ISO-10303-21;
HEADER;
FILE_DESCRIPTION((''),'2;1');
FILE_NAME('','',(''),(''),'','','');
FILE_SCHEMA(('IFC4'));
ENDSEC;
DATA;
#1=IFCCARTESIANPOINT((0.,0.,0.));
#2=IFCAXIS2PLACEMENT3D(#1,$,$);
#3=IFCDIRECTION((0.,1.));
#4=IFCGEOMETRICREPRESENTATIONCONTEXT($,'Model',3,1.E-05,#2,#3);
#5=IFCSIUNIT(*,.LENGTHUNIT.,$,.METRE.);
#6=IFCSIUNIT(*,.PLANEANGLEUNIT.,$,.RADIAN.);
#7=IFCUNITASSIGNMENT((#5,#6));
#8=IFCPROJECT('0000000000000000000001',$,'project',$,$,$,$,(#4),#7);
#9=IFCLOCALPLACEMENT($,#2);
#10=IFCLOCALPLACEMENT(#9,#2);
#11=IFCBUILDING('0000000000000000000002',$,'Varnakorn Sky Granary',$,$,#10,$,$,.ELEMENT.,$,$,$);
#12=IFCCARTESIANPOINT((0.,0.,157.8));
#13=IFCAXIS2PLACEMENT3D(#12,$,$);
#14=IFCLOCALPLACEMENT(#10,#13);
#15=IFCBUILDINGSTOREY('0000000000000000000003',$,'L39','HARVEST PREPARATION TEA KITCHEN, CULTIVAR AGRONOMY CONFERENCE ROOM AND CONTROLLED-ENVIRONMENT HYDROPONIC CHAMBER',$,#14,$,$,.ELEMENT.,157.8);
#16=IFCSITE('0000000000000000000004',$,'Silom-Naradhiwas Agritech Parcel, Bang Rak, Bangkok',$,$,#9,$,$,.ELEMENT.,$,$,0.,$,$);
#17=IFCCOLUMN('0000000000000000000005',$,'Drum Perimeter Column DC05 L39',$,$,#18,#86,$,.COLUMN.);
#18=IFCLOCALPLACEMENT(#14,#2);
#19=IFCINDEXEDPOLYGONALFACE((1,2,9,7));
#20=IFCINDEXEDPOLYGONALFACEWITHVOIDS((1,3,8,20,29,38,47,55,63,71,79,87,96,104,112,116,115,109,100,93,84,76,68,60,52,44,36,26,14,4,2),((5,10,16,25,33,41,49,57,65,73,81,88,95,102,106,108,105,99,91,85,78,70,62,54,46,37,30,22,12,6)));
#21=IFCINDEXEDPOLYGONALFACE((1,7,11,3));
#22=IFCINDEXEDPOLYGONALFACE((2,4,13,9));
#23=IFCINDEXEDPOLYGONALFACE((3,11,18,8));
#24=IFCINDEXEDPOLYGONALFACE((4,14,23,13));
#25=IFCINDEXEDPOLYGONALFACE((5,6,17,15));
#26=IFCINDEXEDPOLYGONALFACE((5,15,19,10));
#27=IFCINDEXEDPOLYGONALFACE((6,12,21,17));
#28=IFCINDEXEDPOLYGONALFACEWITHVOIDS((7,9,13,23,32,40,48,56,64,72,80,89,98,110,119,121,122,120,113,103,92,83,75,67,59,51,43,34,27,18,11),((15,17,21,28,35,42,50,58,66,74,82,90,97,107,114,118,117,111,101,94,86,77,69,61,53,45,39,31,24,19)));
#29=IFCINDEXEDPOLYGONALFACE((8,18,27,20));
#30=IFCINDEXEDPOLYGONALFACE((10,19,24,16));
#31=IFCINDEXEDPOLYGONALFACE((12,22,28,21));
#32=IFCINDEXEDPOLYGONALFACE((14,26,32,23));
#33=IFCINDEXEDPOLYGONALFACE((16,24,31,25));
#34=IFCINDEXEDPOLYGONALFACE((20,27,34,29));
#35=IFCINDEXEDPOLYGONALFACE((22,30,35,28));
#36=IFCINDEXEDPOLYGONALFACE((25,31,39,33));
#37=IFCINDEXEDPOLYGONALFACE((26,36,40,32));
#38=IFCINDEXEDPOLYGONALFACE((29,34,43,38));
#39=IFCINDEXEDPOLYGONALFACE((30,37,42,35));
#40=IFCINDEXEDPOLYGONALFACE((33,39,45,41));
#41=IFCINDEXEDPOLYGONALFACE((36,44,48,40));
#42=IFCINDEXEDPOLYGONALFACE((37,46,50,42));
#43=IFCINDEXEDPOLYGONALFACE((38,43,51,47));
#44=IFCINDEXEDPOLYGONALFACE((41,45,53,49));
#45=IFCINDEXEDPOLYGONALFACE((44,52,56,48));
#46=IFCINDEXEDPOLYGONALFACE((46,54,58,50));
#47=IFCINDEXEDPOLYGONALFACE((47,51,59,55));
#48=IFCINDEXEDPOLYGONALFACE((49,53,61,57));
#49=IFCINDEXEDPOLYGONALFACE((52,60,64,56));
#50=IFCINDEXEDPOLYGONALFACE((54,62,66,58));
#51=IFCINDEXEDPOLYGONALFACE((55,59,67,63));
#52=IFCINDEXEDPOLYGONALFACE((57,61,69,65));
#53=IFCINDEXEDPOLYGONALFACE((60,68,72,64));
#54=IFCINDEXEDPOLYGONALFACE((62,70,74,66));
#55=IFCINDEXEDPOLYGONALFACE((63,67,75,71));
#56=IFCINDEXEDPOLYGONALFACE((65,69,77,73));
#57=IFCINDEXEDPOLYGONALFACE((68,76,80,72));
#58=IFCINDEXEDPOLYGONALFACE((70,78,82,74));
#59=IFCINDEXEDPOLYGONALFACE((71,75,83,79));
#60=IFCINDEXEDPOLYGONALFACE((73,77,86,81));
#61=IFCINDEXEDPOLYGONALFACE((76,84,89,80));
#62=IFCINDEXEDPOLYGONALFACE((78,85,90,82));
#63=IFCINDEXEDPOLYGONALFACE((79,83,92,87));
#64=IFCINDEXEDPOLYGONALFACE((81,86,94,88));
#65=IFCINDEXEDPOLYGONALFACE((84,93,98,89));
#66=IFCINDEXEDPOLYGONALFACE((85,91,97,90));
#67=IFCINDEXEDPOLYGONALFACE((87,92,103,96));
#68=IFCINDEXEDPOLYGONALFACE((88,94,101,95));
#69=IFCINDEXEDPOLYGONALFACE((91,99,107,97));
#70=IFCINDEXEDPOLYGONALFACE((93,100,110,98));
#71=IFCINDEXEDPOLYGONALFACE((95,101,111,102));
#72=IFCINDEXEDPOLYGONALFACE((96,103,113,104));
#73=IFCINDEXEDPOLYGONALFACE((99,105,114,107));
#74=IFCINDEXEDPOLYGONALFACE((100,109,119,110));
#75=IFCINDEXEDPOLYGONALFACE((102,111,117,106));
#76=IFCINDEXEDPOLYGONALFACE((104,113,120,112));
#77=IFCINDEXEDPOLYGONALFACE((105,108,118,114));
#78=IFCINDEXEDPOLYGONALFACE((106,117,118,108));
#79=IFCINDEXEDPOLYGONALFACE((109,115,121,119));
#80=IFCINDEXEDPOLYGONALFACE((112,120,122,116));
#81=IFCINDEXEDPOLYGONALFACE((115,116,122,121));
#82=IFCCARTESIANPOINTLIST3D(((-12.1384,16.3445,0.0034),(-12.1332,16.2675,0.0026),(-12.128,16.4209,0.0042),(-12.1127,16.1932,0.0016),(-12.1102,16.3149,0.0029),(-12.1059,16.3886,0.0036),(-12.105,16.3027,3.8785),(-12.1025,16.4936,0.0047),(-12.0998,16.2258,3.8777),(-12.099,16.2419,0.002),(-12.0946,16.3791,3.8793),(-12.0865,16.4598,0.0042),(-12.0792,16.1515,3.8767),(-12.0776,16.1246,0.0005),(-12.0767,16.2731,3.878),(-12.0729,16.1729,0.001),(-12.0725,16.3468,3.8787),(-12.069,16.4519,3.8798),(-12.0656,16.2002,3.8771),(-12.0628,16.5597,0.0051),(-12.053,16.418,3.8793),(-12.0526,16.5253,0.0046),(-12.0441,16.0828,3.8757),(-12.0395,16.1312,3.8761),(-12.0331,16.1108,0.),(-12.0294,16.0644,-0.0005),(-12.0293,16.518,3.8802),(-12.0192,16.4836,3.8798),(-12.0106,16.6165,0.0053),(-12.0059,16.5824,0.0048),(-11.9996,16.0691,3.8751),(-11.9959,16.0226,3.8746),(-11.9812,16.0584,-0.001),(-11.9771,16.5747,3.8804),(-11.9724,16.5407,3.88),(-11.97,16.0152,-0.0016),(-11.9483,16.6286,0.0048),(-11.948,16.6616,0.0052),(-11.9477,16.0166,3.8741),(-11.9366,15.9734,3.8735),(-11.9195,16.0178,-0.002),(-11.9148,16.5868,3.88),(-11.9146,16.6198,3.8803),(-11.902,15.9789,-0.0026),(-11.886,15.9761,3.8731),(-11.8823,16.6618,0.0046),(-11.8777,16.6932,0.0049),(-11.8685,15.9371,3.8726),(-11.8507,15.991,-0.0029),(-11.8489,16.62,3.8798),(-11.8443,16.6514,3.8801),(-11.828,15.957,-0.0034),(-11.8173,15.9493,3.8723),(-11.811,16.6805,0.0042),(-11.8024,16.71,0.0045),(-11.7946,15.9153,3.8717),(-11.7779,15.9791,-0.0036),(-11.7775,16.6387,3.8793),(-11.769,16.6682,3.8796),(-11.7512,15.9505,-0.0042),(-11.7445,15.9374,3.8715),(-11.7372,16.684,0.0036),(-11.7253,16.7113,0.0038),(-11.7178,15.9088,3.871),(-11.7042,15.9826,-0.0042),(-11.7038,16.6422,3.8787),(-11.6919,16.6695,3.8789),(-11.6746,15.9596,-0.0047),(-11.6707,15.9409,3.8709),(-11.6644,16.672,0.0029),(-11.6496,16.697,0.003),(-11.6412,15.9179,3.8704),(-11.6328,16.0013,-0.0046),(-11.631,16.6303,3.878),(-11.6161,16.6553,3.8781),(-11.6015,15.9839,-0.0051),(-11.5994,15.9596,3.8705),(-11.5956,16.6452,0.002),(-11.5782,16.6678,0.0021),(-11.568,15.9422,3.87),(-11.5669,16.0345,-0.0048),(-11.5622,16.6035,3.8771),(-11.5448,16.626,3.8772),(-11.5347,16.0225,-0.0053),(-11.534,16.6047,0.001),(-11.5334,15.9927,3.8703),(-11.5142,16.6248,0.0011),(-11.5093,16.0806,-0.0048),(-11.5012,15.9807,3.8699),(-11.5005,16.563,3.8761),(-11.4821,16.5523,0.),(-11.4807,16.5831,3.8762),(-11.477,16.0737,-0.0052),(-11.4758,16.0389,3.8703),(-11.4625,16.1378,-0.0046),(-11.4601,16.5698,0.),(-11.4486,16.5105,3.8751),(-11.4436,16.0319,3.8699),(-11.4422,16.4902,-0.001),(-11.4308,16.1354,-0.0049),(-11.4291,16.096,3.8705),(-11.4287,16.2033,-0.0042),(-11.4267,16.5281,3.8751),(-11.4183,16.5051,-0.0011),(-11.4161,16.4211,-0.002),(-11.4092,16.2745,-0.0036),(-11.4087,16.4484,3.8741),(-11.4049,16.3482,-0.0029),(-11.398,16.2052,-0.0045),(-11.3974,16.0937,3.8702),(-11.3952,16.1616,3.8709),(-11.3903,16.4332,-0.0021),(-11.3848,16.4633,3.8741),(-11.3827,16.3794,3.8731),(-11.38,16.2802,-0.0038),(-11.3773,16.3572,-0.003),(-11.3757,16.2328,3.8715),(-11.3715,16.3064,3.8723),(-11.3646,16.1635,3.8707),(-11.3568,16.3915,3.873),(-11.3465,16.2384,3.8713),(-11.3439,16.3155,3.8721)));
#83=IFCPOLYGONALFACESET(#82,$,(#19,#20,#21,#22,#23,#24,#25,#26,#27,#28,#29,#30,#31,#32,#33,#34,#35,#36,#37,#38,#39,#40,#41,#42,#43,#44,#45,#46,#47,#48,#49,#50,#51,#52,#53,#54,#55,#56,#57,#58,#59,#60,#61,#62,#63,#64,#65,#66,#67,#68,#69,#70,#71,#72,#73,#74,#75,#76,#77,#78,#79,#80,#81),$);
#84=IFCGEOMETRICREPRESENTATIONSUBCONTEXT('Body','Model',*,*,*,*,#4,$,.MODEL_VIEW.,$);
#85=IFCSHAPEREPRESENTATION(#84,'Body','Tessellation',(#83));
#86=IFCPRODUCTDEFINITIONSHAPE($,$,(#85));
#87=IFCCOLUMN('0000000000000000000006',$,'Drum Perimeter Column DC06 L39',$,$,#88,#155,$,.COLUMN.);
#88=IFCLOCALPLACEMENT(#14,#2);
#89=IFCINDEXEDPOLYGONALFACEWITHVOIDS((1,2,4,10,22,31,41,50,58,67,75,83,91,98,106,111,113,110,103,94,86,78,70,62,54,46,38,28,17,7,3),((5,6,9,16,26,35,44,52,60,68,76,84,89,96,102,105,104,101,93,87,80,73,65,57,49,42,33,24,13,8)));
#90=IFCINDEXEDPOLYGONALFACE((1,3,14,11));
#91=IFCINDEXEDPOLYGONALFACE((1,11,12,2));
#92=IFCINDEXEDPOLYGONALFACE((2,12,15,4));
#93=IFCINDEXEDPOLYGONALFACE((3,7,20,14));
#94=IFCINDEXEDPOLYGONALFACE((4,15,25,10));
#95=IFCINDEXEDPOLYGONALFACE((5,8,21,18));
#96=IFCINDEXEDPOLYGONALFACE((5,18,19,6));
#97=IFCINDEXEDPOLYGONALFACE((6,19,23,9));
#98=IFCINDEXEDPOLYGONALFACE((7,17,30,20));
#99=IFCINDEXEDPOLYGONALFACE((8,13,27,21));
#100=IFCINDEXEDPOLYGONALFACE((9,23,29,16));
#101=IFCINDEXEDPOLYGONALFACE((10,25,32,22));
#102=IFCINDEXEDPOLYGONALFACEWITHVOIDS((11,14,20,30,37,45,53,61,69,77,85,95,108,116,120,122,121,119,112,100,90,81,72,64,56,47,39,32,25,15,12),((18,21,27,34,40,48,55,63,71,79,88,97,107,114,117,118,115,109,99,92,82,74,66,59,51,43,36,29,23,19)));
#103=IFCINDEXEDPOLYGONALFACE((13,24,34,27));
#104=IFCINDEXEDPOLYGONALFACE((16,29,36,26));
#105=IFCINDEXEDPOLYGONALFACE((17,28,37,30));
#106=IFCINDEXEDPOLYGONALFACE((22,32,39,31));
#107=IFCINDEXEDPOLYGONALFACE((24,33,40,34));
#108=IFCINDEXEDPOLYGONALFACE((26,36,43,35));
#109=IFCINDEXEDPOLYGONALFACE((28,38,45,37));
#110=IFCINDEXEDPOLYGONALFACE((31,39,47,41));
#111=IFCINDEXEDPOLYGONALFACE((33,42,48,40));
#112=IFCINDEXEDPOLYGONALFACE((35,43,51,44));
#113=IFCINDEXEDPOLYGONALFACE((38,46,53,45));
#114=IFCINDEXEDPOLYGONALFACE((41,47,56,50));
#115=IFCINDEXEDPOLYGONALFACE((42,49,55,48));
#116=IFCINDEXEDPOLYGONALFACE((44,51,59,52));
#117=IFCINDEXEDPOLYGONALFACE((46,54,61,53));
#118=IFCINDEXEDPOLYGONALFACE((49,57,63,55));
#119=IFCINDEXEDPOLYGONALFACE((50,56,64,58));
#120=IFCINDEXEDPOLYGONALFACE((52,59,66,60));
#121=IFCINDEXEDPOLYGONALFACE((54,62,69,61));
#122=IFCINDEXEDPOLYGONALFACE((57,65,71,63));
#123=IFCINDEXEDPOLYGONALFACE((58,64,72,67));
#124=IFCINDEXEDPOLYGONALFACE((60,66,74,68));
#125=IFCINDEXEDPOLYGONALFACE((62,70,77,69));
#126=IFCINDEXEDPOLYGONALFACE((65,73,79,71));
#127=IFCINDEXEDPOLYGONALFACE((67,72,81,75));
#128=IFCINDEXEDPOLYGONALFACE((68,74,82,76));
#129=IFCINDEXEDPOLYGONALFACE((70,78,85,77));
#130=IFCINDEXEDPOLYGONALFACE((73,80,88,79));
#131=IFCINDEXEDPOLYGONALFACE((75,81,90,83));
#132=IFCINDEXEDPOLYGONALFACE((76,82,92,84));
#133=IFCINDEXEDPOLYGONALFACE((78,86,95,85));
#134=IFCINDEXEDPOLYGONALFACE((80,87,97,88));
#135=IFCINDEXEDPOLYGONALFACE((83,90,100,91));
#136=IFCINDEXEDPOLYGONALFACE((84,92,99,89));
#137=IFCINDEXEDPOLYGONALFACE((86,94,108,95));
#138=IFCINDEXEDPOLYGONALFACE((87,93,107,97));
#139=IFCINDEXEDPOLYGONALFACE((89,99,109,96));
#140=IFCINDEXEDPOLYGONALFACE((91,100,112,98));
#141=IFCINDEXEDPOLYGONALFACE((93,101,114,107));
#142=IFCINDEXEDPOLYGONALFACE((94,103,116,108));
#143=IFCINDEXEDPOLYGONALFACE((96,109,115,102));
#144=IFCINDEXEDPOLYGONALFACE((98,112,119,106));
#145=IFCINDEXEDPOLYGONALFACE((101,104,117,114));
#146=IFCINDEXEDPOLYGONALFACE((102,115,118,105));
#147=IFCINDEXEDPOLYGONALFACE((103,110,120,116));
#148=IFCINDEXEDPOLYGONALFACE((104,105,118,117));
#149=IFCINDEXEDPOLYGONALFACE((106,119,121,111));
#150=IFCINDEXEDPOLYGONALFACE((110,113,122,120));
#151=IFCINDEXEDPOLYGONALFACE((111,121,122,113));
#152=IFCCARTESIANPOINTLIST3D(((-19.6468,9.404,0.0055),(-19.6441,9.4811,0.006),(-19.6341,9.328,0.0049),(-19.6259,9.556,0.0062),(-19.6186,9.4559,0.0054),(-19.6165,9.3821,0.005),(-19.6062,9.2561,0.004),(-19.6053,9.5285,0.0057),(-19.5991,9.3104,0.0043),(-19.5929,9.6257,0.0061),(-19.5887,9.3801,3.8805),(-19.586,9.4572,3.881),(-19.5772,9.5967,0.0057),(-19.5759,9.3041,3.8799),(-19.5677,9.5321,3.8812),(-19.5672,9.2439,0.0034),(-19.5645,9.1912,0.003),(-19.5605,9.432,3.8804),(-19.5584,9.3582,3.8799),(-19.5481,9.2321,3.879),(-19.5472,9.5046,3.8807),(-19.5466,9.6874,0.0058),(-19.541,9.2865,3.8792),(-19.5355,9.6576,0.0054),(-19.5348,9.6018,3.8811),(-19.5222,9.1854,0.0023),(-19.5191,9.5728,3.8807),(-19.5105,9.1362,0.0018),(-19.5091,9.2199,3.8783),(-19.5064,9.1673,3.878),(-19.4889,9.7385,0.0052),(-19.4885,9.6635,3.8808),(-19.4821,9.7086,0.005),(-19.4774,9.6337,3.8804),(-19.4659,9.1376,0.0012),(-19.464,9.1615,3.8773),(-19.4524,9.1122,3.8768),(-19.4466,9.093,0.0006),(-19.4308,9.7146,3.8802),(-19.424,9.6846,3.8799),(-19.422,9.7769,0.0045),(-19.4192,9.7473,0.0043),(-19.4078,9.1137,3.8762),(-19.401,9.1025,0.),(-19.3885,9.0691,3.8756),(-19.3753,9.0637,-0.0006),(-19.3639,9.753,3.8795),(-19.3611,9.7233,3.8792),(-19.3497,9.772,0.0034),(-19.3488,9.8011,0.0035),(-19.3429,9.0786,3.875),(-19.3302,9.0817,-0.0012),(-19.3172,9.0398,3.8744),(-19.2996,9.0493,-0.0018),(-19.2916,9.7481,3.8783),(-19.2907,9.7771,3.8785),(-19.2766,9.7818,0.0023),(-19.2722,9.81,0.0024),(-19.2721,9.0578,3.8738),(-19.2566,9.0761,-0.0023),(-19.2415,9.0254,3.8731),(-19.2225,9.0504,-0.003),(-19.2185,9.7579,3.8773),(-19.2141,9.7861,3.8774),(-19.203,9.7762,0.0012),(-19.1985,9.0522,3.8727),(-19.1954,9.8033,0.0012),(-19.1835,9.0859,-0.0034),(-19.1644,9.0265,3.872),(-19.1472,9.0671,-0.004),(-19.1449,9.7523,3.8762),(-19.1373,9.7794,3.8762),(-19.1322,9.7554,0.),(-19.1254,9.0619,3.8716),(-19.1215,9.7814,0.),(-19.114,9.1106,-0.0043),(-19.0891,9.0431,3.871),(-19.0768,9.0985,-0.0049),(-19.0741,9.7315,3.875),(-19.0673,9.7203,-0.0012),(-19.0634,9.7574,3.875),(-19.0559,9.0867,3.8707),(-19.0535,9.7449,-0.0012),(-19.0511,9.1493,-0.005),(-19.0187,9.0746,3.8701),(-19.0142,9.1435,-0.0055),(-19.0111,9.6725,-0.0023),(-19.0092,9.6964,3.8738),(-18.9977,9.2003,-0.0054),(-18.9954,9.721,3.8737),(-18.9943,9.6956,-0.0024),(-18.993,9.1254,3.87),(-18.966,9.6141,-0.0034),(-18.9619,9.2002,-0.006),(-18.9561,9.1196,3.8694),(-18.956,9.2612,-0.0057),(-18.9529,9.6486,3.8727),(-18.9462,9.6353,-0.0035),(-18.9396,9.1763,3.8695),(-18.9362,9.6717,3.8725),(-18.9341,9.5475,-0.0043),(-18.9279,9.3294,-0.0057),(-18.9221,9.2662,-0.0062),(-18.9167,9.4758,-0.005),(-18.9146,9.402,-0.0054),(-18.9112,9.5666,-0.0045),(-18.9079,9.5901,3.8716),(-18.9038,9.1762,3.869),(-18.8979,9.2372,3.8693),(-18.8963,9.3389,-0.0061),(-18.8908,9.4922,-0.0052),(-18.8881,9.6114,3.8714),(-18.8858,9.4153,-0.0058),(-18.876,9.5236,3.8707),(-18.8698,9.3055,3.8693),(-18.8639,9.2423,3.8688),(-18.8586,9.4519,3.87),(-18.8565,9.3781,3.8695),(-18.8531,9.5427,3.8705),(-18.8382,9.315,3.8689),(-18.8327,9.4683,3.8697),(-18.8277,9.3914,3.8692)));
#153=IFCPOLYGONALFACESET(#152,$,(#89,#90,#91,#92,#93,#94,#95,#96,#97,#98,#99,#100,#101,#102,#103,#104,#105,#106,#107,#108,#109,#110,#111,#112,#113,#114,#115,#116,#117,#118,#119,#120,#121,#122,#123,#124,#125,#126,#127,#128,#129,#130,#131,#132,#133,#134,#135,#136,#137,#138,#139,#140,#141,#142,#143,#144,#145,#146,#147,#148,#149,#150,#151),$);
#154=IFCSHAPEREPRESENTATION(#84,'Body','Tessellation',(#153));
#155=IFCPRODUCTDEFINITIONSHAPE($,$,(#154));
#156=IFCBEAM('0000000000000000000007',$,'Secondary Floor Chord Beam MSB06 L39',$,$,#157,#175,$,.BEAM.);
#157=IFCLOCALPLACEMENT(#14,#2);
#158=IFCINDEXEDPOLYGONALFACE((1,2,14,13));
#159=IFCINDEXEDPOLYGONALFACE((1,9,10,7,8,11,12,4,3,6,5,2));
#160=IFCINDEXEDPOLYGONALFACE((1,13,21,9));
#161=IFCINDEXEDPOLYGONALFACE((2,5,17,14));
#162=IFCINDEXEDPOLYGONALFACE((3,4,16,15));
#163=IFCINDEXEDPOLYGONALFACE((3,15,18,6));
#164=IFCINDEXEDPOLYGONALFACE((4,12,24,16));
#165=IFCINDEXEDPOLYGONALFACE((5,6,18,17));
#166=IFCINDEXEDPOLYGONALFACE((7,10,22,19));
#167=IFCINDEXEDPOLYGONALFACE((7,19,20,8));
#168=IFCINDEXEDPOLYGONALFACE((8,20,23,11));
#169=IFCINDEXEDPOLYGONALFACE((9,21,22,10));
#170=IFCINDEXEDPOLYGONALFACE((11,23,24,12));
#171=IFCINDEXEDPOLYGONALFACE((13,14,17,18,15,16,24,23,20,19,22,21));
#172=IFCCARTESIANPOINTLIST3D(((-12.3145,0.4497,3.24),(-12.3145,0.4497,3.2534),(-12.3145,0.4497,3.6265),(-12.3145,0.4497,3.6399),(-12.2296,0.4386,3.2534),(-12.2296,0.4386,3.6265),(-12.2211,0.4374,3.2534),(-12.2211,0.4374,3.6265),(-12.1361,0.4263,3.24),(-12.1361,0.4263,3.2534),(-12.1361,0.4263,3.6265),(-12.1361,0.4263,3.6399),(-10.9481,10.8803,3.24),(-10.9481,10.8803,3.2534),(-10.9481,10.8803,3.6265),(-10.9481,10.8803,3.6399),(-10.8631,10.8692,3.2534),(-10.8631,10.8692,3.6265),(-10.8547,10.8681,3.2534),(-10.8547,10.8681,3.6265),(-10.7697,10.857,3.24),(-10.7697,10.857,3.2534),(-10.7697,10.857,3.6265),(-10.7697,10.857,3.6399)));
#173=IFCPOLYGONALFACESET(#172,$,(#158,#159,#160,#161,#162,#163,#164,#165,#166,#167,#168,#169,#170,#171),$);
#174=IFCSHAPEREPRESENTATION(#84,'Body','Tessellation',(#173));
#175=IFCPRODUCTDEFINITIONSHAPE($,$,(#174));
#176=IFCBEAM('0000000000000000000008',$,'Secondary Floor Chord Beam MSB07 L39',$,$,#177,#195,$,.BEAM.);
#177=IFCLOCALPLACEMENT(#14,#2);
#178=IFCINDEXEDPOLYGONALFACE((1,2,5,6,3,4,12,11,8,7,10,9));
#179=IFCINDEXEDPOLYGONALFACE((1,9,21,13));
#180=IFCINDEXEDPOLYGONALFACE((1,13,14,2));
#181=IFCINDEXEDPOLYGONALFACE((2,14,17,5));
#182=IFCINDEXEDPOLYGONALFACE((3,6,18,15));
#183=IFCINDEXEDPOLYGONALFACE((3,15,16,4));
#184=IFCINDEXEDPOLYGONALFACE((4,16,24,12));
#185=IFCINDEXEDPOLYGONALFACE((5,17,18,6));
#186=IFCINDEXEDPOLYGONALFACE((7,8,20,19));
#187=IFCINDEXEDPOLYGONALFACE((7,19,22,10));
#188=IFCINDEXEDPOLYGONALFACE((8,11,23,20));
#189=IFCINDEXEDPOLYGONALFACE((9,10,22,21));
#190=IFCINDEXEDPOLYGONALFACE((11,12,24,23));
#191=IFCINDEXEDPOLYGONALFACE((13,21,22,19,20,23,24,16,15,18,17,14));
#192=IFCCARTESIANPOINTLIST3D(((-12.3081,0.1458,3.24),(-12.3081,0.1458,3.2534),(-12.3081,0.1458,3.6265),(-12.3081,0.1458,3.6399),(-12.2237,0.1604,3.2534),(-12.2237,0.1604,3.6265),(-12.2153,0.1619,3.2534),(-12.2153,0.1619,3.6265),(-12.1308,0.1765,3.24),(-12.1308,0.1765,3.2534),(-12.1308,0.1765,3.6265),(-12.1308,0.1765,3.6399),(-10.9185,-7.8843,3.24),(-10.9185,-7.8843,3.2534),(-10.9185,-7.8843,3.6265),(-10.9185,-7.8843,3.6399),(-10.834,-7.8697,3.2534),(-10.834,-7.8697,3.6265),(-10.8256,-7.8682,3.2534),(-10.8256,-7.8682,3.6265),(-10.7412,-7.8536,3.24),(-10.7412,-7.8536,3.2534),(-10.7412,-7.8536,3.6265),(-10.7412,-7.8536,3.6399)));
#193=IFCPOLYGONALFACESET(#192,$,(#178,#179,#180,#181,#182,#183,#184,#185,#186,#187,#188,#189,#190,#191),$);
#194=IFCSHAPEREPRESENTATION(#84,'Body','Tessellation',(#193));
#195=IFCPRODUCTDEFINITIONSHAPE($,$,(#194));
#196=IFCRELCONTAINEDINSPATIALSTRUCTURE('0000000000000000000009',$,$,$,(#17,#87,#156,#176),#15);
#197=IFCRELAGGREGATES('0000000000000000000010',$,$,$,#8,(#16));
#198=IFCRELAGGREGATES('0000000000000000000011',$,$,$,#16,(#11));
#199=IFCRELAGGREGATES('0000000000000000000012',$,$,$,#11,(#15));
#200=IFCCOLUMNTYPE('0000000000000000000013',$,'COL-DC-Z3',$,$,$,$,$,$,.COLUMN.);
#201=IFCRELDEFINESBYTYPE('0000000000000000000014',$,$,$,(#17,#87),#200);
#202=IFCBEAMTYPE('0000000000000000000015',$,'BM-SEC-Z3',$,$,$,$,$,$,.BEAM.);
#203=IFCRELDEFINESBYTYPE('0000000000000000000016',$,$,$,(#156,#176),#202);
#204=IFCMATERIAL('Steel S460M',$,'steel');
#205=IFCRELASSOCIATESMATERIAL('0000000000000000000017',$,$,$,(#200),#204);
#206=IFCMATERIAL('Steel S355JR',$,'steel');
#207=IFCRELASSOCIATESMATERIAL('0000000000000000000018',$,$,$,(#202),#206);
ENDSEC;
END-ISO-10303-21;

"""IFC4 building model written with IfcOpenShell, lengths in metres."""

from ifc_helpers import new_model, si_unit, direction, frame, origin, origin_2d, place, context, subcontext, project, spatial, hollow_circle, i_section, extrude, material, material_profile, profile_set, type_object, element, save


model = new_model("IFC4")

# Units and contexts
model_context = context("Model", 3, precision=1e-05, world=origin(), true_north=direction((0.0, 1.0)))
body_context = subcontext(model_context, "Body", "Model", "MODEL_VIEW")
ifc_project = project(units=[si_unit("LENGTHUNIT", "METRE"), si_unit("PLANEANGLEUNIT", "RADIAN")], contexts=[model_context])

# Site, building, storey
site_placement = place(None, origin())
site = spatial("IfcSite", under=ifc_project, at=site_placement, Name="Silom-Naradhiwas Agritech Parcel, Bang Rak, Bangkok", CompositionType="ELEMENT", RefElevation=0.0)
building_placement = place(site_placement, origin())
building = spatial("IfcBuilding", under=site, at=building_placement, Name="Varnakorn Sky Granary", CompositionType="ELEMENT")
storey_placement = place(building_placement, frame((0.0, 0.0, 157.8)))
storey = spatial("IfcBuildingStorey", under=building, at=storey_placement, Name="L39", Description="HARVEST PREPARATION TEA KITCHEN, CULTIVAR AGRONOMY CONFERENCE ROOM AND CONTROLLED-ENVIRONMENT HYDROPONIC CHAMBER", CompositionType="ELEMENT", Elevation=157.8)

# Columns
ifc_material_1 = material(Name="Steel S460M", Category="steel")
ifc_material_profile_1 = material_profile(ifc_material_1, hollow_circle(Radius=0.3811, WallThickness=0.0281, at=origin_2d()), Name="CHS 762x28")
ifc_profile_set_1 = profile_set([ifc_material_profile_1], Name="Steel S460M")
column_type = type_object("IfcColumnType", Name="COL-DC-Z3", PredefinedType="COLUMN", material=ifc_profile_set_1)
for number, where, z_axis, x_axis, name in (
    (1, (-11.7576, 16.3315, 0.0), (0.008631, -0.010773, 0.999905), (0.780423, 0.625251, 0.0), "Drum Perimeter Column DC05 L39"),
    (2, (-19.2666, 9.429, 0.0), (0.014993, -0.006174, 0.999869), (0.38075, 0.924678, 0.0), "Drum Perimeter Column DC06 L39"),
):
    element("IfcColumn", number, at=place(storey_placement, frame(where, z_axis=z_axis, x_axis=x_axis)), inside=storey, type_object=column_type, Name=name, PredefinedType="COLUMN", context=body_context, shape_type="SweptSolid", body=[
        extrude(hollow_circle(Radius=0.3811, WallThickness=0.0281, at=origin_2d()), origin(), (0.0, 0.0, 1.0), 3.8755),
    ])

# Beams
ifc_material_2 = material(Name="Steel S355JR", Category="steel")
ifc_material_profile_2 = material_profile(ifc_material_2, i_section(OverallWidth=0.1799, OverallDepth=0.3999, WebThickness=0.0085, FlangeThickness=0.0134, at=origin_2d()), Name="IPE 400")
ifc_profile_set_2 = profile_set([ifc_material_profile_2], Name="Steel S355JR")
beam_type_1 = type_object("IfcBeamType", Name="BM-SEC-Z3", PredefinedType="BEAM", material=ifc_profile_set_2)
beam_1_placement = place(storey_placement, frame((-10.8589, 10.8687, 3.4399), z_axis=(-0.129894, -0.991528, 0.0), x_axis=(0.991528, -0.129894, 0.0)))
element("IfcBeam", 3, at=beam_1_placement, inside=storey, type_object=beam_type_1, Name="Secondary Floor Chord Beam MSB06 L39", PredefinedType="BEAM", context=body_context, shape_type="SweptSolid", body=[
    extrude(i_section(OverallWidth=0.1799, OverallDepth=0.3999, WebThickness=0.0085, FlangeThickness=0.0134, at=origin_2d()), origin(), (0.0, 0.0, 1.0), 10.5198),
])
beam_2_placement = place(storey_placement, frame((-12.2195, 0.1611, 3.4399), z_axis=(0.170522, -0.985354, 0.0), x_axis=(0.985354, 0.170522, 0.0)))
element("IfcBeam", 4, at=beam_2_placement, inside=storey, type_object=beam_type_1, Name="Secondary Floor Chord Beam MSB07 L39", PredefinedType="BEAM", context=body_context, shape_type="SweptSolid", body=[
    extrude(i_section(OverallWidth=0.1799, OverallDepth=0.3999, WebThickness=0.0085, FlangeThickness=0.0134, at=origin_2d()), origin(), (0.0, 0.0, 1.0), 8.1494),
])

save(model, "model.ifc")
